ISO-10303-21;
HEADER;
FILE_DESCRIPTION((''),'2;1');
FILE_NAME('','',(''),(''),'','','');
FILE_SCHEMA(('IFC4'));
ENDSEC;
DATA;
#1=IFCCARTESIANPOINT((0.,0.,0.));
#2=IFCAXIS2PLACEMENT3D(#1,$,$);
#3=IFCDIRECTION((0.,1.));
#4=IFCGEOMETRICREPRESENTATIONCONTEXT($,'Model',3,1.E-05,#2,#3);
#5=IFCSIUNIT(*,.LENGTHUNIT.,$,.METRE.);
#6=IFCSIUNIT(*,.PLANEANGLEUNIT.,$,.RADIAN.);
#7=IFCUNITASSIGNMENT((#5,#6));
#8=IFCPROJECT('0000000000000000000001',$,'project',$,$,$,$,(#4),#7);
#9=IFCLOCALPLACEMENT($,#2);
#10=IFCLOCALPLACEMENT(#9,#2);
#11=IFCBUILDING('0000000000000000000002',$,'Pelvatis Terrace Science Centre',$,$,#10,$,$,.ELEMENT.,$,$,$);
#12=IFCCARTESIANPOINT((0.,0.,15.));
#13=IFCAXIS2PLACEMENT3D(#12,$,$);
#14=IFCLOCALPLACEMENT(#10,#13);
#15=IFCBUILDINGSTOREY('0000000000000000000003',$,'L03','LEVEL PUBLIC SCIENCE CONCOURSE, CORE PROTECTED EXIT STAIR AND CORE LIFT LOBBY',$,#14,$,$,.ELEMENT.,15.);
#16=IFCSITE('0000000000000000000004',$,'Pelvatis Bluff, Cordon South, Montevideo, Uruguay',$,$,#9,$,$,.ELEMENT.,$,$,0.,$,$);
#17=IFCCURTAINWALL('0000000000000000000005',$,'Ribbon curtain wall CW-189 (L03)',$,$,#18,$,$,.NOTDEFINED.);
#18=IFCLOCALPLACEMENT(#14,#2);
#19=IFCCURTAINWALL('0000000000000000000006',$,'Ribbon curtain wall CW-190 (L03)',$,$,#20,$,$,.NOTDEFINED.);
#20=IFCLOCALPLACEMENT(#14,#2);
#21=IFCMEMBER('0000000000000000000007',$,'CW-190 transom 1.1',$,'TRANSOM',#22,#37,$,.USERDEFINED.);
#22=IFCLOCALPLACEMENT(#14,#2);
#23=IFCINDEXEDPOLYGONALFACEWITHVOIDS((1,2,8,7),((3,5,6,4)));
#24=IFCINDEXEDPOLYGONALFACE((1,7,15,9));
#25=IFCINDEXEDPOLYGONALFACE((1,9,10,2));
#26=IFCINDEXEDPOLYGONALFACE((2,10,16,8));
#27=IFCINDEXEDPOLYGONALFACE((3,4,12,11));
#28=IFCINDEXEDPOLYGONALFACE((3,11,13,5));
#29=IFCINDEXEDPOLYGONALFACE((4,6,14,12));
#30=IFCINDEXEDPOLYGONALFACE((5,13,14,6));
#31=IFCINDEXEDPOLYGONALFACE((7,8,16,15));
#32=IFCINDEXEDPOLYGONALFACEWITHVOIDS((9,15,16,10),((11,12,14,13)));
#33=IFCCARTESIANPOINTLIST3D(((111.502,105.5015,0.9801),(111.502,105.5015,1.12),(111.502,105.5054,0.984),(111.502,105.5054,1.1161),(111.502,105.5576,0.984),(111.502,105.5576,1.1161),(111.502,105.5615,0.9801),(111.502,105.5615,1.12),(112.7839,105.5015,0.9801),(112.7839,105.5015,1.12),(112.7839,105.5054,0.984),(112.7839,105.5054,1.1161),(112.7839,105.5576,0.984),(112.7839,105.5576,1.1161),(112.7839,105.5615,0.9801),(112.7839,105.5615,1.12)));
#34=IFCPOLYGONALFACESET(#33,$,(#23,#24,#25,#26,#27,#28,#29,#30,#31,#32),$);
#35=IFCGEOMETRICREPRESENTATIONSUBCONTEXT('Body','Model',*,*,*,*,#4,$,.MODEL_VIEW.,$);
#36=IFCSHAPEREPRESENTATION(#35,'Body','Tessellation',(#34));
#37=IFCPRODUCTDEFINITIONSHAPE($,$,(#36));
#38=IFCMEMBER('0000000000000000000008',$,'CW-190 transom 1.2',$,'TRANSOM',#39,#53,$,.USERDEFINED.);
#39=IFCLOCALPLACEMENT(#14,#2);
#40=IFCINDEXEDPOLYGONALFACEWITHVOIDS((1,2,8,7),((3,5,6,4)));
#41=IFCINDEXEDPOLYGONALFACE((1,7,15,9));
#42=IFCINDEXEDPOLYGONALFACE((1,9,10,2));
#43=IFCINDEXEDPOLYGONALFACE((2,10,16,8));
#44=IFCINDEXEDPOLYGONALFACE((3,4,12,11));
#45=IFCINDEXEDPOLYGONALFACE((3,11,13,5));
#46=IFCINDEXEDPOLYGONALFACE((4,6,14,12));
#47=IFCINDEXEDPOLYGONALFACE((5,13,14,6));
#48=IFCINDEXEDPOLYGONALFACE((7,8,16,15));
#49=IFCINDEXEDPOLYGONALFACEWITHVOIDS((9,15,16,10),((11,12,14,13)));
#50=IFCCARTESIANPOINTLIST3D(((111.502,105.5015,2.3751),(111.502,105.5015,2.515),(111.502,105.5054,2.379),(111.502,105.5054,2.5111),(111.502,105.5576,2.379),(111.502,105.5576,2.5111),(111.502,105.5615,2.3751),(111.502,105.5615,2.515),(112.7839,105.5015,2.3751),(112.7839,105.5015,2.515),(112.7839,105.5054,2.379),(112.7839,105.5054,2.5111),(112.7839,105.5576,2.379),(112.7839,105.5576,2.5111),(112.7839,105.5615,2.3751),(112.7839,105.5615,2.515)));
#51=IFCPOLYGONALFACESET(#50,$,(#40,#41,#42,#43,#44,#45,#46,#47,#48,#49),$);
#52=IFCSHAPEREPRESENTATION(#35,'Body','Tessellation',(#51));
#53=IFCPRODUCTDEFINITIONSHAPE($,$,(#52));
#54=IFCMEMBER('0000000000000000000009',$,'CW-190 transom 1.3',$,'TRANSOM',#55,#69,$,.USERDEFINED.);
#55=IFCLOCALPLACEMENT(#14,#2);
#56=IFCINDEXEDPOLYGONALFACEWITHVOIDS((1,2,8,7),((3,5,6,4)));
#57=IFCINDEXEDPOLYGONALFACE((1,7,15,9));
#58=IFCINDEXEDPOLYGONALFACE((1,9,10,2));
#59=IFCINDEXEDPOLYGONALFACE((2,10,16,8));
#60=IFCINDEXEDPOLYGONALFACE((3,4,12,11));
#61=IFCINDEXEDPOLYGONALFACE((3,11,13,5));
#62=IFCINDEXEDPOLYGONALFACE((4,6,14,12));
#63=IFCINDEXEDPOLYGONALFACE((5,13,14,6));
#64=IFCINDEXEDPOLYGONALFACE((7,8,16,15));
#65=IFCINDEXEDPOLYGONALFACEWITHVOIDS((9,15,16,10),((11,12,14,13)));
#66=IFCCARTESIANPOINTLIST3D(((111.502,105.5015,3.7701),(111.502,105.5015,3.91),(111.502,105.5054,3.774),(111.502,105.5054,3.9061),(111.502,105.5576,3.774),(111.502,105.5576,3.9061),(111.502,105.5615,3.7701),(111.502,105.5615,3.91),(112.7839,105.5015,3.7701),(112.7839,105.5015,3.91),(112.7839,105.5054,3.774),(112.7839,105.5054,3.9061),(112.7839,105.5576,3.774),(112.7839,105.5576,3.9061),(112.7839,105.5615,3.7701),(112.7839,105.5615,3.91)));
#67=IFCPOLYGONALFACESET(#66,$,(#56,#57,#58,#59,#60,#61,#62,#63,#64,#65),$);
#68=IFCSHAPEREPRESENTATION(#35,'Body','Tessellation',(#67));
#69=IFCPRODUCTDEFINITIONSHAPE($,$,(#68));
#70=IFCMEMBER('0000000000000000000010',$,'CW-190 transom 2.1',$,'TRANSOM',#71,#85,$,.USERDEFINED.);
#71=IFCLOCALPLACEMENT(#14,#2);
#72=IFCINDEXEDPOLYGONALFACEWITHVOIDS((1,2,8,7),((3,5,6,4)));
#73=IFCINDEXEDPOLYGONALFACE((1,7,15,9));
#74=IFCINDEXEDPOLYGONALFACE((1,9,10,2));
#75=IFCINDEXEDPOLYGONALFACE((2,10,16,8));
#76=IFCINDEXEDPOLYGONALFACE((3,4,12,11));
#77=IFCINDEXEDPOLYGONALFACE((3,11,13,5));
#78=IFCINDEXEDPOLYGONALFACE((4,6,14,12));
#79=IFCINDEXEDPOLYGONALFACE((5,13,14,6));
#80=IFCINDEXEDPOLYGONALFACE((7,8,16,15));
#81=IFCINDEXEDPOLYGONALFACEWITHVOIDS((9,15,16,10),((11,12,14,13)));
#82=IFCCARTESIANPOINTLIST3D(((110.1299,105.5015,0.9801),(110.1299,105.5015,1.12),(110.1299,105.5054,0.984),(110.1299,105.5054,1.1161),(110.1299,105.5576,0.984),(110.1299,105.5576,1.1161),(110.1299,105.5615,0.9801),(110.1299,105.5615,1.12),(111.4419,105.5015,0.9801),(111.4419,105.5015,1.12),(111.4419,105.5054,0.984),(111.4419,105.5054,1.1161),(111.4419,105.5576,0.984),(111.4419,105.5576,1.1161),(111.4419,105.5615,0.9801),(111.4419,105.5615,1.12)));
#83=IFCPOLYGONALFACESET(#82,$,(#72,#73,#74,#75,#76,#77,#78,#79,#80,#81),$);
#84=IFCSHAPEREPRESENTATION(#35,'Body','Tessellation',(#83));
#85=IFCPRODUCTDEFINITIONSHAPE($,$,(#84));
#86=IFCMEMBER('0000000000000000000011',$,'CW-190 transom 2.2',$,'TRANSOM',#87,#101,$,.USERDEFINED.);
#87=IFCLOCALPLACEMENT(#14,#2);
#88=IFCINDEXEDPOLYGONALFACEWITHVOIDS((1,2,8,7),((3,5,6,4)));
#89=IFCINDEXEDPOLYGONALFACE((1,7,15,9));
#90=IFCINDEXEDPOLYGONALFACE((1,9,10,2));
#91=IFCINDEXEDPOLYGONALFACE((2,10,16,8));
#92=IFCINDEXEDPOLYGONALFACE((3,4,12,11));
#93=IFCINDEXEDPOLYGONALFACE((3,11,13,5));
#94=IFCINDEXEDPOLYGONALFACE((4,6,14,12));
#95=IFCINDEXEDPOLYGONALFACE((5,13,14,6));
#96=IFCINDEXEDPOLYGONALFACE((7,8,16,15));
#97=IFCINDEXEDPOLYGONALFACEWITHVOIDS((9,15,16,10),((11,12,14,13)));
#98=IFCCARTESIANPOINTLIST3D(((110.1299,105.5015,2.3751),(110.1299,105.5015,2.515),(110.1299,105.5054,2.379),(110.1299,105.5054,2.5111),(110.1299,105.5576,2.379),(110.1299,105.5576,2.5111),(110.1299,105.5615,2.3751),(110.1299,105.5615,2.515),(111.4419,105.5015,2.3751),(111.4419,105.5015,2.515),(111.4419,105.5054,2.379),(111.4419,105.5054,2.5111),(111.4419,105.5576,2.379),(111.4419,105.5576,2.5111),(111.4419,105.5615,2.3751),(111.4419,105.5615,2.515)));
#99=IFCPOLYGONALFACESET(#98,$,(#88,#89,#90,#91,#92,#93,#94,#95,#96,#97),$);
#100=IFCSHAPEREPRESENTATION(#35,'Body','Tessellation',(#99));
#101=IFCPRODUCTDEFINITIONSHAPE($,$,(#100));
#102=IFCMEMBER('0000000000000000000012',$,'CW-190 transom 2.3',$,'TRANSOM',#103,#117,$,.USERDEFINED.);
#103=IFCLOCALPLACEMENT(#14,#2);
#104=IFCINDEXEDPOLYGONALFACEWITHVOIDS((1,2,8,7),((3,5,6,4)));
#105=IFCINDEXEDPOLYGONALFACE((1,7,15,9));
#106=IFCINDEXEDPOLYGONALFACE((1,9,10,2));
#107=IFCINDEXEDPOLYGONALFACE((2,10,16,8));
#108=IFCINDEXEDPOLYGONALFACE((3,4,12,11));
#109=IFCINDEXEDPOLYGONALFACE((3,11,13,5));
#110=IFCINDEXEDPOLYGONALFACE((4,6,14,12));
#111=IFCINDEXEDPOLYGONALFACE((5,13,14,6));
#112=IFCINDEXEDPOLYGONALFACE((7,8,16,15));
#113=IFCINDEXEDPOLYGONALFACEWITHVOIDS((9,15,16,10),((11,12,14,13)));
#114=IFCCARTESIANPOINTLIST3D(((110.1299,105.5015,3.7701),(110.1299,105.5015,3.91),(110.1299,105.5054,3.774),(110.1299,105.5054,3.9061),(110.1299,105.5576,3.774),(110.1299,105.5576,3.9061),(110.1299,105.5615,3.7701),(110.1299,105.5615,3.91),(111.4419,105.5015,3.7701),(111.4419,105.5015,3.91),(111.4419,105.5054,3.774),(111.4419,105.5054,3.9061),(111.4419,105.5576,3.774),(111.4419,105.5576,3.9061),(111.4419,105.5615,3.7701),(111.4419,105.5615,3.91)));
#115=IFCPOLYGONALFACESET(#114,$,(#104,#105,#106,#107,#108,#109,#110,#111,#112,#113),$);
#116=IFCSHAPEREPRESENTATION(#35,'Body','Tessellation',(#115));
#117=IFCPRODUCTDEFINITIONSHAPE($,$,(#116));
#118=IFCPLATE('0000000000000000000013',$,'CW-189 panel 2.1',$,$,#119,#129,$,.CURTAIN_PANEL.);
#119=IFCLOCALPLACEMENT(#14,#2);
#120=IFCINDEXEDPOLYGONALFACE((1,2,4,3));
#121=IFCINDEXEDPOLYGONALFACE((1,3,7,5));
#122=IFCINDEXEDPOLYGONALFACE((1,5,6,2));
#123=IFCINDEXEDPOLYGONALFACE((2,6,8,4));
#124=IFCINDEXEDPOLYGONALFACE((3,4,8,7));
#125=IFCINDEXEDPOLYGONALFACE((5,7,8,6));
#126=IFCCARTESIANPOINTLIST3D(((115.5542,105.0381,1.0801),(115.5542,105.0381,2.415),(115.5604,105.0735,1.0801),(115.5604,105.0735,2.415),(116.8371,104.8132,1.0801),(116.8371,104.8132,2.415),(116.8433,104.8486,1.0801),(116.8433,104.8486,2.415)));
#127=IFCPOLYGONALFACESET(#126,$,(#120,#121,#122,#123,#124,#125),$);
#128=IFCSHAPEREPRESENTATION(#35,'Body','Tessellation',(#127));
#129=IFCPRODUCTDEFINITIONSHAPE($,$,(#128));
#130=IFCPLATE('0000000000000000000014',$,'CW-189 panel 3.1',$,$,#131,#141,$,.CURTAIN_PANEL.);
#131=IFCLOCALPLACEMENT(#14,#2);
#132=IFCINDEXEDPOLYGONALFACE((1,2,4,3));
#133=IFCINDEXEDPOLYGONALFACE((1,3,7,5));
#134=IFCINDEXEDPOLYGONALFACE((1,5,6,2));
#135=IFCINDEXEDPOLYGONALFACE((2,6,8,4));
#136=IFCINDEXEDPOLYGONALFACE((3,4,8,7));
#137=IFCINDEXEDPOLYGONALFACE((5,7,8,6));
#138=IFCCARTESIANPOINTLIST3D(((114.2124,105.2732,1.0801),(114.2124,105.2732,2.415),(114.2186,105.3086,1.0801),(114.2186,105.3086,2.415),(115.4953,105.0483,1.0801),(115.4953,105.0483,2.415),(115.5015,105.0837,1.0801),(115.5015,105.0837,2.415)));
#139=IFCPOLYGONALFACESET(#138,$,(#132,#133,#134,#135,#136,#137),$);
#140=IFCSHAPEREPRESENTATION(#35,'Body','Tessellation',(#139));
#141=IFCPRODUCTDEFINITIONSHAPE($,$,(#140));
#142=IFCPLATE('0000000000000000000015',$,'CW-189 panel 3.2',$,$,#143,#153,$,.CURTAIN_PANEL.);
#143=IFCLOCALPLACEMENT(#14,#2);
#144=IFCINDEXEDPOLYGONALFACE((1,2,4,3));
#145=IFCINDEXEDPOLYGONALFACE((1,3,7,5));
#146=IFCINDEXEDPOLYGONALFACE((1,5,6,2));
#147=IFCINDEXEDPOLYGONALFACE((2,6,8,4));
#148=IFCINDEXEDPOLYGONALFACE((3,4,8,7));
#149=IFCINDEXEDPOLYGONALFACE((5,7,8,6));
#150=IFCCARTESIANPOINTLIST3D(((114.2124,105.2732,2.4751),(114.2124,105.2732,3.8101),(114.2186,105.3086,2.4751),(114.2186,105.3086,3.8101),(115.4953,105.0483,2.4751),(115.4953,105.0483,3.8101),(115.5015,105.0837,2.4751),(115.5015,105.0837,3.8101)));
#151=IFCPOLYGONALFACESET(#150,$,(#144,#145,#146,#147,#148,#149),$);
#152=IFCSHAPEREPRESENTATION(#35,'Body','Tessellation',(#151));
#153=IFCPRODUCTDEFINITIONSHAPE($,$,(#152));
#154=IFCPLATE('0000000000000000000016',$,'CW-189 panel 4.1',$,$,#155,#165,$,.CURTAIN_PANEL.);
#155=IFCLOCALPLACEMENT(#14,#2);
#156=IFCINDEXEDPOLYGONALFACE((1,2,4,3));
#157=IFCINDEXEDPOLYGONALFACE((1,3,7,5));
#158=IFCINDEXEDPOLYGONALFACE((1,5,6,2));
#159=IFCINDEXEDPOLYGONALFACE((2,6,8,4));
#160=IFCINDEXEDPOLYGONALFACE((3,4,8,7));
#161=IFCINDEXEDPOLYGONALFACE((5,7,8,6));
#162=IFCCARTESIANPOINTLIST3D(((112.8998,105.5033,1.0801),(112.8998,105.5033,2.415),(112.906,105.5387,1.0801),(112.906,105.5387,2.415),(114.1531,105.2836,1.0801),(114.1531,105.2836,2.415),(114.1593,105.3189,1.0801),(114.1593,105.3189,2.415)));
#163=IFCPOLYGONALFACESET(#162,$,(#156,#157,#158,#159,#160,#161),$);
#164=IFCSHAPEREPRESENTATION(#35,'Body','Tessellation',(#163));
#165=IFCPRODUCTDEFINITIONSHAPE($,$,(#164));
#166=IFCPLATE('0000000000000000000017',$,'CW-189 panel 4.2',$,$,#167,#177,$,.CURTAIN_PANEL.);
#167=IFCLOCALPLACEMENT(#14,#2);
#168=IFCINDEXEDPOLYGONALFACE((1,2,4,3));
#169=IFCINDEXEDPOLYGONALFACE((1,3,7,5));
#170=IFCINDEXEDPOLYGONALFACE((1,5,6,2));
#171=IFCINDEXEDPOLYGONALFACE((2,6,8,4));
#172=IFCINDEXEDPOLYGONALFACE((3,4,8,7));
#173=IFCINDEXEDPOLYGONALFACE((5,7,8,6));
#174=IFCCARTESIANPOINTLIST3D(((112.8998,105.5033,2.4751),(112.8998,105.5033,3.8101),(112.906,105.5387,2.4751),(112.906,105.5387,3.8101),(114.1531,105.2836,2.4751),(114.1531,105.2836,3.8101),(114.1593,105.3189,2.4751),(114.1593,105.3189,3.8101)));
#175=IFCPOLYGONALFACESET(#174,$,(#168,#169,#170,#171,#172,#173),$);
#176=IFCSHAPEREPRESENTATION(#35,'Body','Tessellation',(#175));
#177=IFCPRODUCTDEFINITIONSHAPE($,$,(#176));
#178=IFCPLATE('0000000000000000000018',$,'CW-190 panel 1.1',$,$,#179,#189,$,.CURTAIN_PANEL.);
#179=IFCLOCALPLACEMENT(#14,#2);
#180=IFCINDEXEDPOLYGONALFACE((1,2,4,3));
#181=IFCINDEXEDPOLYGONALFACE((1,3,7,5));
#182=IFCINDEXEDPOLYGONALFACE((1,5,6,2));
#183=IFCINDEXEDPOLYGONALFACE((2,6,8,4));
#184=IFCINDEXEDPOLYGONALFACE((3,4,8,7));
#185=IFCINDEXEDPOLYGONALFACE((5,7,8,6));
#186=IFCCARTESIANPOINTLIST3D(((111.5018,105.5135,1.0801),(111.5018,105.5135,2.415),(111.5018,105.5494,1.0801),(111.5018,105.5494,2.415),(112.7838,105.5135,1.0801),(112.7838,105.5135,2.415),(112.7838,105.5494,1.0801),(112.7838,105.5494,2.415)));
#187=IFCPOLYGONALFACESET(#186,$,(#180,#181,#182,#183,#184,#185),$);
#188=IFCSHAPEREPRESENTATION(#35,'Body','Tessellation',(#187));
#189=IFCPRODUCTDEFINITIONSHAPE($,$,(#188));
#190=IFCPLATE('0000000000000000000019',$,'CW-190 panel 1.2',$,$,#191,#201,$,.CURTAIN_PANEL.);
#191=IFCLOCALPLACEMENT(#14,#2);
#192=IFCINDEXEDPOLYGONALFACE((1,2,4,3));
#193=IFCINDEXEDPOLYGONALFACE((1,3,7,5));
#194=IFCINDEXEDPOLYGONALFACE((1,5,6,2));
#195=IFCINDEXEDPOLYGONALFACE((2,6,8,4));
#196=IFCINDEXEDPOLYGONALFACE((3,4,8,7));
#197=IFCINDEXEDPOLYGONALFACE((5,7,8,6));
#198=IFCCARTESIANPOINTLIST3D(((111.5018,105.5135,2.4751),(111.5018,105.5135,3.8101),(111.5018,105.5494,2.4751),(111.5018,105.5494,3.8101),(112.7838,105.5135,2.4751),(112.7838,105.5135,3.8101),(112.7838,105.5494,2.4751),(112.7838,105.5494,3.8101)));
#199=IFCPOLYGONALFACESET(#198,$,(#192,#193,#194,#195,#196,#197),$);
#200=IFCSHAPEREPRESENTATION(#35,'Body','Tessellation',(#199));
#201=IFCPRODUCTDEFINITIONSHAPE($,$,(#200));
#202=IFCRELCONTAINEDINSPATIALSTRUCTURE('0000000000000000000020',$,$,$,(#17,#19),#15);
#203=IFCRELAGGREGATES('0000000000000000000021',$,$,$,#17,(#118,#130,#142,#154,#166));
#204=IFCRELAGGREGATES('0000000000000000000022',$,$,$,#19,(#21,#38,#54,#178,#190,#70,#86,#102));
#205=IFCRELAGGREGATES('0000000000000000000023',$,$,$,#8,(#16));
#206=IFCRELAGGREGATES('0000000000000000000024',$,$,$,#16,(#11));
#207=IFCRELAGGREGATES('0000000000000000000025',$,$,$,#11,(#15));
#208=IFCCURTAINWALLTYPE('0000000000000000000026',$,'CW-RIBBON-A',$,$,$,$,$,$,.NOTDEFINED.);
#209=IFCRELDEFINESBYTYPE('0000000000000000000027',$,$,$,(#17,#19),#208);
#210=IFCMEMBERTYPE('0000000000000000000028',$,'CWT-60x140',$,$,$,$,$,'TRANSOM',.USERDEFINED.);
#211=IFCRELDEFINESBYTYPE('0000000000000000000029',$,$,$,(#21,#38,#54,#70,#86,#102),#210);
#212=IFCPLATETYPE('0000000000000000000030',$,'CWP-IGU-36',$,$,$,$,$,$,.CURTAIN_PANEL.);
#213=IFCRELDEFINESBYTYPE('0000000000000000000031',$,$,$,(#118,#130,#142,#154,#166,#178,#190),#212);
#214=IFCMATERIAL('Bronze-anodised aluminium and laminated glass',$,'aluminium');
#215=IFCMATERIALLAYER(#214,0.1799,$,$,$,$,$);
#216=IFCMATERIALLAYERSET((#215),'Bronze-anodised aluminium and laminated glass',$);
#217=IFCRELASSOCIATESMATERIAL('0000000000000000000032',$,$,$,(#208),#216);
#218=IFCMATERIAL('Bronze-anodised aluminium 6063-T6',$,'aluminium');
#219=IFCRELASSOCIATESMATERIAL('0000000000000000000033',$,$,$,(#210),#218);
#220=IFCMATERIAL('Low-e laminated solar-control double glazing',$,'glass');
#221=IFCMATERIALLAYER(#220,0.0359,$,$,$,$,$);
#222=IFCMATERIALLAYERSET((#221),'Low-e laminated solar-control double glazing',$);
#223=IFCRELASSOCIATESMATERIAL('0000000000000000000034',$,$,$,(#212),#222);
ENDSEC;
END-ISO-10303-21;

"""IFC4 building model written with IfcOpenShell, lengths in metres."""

from ifc_helpers import new_model, si_unit, direction, frame, origin, origin_2d, place, context, subcontext, project, spatial, rectangle, hollow_rectangle, extrude, material, layer, layer_set, material_profile, profile_set, type_object, element, aggregate, save


model = new_model("IFC4")

# Units and contexts
model_context = context("Model", 3, precision=1e-05, world=origin(), true_north=direction((0.0, 1.0)))
body_context = subcontext(model_context, "Body", "Model", "MODEL_VIEW")
ifc_project = project(units=[si_unit("LENGTHUNIT", "METRE"), si_unit("PLANEANGLEUNIT", "RADIAN")], contexts=[model_context])

# Site, building, storey
site_placement = place(None, origin())
site = spatial("IfcSite", under=ifc_project, at=site_placement, Name="Pelvatis Bluff, Cordon South, Montevideo, Uruguay", CompositionType="ELEMENT", RefElevation=0.0)
building_placement = place(site_placement, origin())
building = spatial("IfcBuilding", under=site, at=building_placement, Name="Pelvatis Terrace Science Centre", CompositionType="ELEMENT")
storey_placement = place(building_placement, frame((0.0, 0.0, 15.0)))
storey = spatial("IfcBuildingStorey", under=building, at=storey_placement, Name="L03", Description="LEVEL PUBLIC SCIENCE CONCOURSE, CORE PROTECTED EXIT STAIR AND CORE LIFT LOBBY", CompositionType="ELEMENT", Elevation=15.0)

# Curtain walls
ifc_material_1 = material(Name="Bronze-anodised aluminium and laminated glass", Category="aluminium")
ifc_layer_1 = layer(ifc_material_1, 0.1799)
ifc_layer_set_1 = layer_set([ifc_layer_1], Name="Bronze-anodised aluminium and laminated glass")
curtain_wall_type = type_object("IfcCurtainWallType", Name="CW-RIBBON-A", PredefinedType="NOTDEFINED", material=ifc_layer_set_1)
curtain_wall_1_placement = place(storey_placement, origin())
curtain_wall_1 = element("IfcCurtainWall", 1, at=curtain_wall_1_placement, inside=storey, type_object=curtain_wall_type, Name="Ribbon curtain wall CW-189 (L03)", PredefinedType="NOTDEFINED")
curtain_wall_2_placement = place(storey_placement, origin())
curtain_wall_2 = element("IfcCurtainWall", 2, at=curtain_wall_2_placement, inside=storey, type_object=curtain_wall_type, Name="Ribbon curtain wall CW-190 (L03)", PredefinedType="NOTDEFINED")

# Members
ifc_material_2 = material(Name="Bronze-anodised aluminium 6063-T6", Category="aluminium")
ifc_material_profile_1 = material_profile(ifc_material_2, hollow_rectangle(XDim=0.0601, YDim=0.1399, WallThickness=0.0039, at=origin_2d()), Name="ALU-TRN 60x140")
ifc_profile_set_1 = profile_set([ifc_material_profile_1], Name="Bronze-anodised aluminium 6063-T6")
member_type_1 = type_object("IfcMemberType", Name="CWT-60x140", ElementType="TRANSOM", PredefinedType="USERDEFINED", material=ifc_profile_set_1)
member_1_placement = place(storey_placement, frame((112.7839, 105.5315, 1.05), z_axis=(-1.0, 0.0, 0.0), x_axis=(0.0, -1.0, 0.0)))
member_1 = element("IfcMember", 3, at=member_1_placement, type_object=member_type_1, Name="CW-190 transom 1.1", ObjectType="TRANSOM", PredefinedType="USERDEFINED", context=body_context, shape_type="SweptSolid", body=[
    extrude(hollow_rectangle(XDim=0.0601, YDim=0.1399, WallThickness=0.0039, at=origin_2d()), origin(), (0.0, 0.0, 1.0), 1.282),
])
member_2_placement = place(storey_placement, frame((112.7839, 105.5315, 2.4451), z_axis=(-1.0, 0.0, 0.0), x_axis=(0.0, -1.0, 0.0)))
member_2 = element("IfcMember", 4, at=member_2_placement, type_object=member_type_1, Name="CW-190 transom 1.2", ObjectType="TRANSOM", PredefinedType="USERDEFINED", context=body_context, shape_type="SweptSolid", body=[
    extrude(hollow_rectangle(XDim=0.0601, YDim=0.1399, WallThickness=0.0039, at=origin_2d()), origin(), (0.0, 0.0, 1.0), 1.282),
])
member_3_placement = place(storey_placement, frame((112.7839, 105.5315, 3.8401), z_axis=(-1.0, 0.0, 0.0), x_axis=(0.0, -1.0, 0.0)))
member_3 = element("IfcMember", 5, at=member_3_placement, type_object=member_type_1, Name="CW-190 transom 1.3", ObjectType="TRANSOM", PredefinedType="USERDEFINED", context=body_context, shape_type="SweptSolid", body=[
    extrude(hollow_rectangle(XDim=0.0601, YDim=0.1399, WallThickness=0.0039, at=origin_2d()), origin(), (0.0, 0.0, 1.0), 1.282),
])
member_4_placement = place(storey_placement, frame((111.4419, 105.5315, 1.05), z_axis=(-1.0, 0.0, 0.0), x_axis=(0.0, -1.0, 0.0)))
member_4 = element("IfcMember", 6, at=member_4_placement, type_object=member_type_1, Name="CW-190 transom 2.1", ObjectType="TRANSOM", PredefinedType="USERDEFINED", context=body_context, shape_type="SweptSolid", body=[
    extrude(hollow_rectangle(XDim=0.0601, YDim=0.1399, WallThickness=0.0039, at=origin_2d()), origin(), (0.0, 0.0, 1.0), 1.312),
])
member_5_placement = place(storey_placement, frame((111.4419, 105.5315, 2.4451), z_axis=(-1.0, 0.0, 0.0), x_axis=(0.0, -1.0, 0.0)))
member_5 = element("IfcMember", 7, at=member_5_placement, type_object=member_type_1, Name="CW-190 transom 2.2", ObjectType="TRANSOM", PredefinedType="USERDEFINED", context=body_context, shape_type="SweptSolid", body=[
    extrude(hollow_rectangle(XDim=0.0601, YDim=0.1399, WallThickness=0.0039, at=origin_2d()), origin(), (0.0, 0.0, 1.0), 1.312),
])
member_6_placement = place(storey_placement, frame((111.4419, 105.5315, 3.8401), z_axis=(-1.0, 0.0, 0.0), x_axis=(0.0, -1.0, 0.0)))
member_6 = element("IfcMember", 8, at=member_6_placement, type_object=member_type_1, Name="CW-190 transom 2.3", ObjectType="TRANSOM", PredefinedType="USERDEFINED", context=body_context, shape_type="SweptSolid", body=[
    extrude(hollow_rectangle(XDim=0.0601, YDim=0.1399, WallThickness=0.0039, at=origin_2d()), origin(), (0.0, 0.0, 1.0), 1.312),
])

# Plates
ifc_material_3 = material(Name="Low-e laminated solar-control double glazing", Category="glass")
ifc_layer_2 = layer(ifc_material_3, 0.0359)
ifc_layer_set_2 = layer_set([ifc_layer_2], Name="Low-e laminated solar-control double glazing")
plate_type = type_object("IfcPlateType", Name="CWP-IGU-36", PredefinedType="CURTAIN_PANEL", material=ifc_layer_set_2)
plate_1_placement = place(storey_placement, frame((116.1987, 104.9434, 1.0801), z_axis=(0.0, 0.0, 1.0), x_axis=(-0.984979, 0.172671, 0.0)))
plate_1 = element("IfcPlate", 9, at=plate_1_placement, type_object=plate_type, Name="CW-189 panel 2.1", PredefinedType="CURTAIN_PANEL", context=body_context, shape_type="SweptSolid", body=[
    extrude(rectangle(XDim=1.3025, YDim=0.0359, at=origin_2d()), origin(), (0.0, 0.0, 1.0), 1.335),
])
plate_2_placement = place(storey_placement, frame((114.8569, 105.1785, 1.0801), z_axis=(0.0, 0.0, 1.0), x_axis=(-0.984979, 0.172671, 0.0)))
plate_2 = element("IfcPlate", 10, at=plate_2_placement, type_object=plate_type, Name="CW-189 panel 3.1", PredefinedType="CURTAIN_PANEL", context=body_context, shape_type="SweptSolid", body=[
    extrude(rectangle(XDim=1.3025, YDim=0.0359, at=origin_2d()), origin(), (0.0, 0.0, 1.0), 1.335),
])
plate_3_placement = place(storey_placement, frame((114.8569, 105.1785, 2.4751), z_axis=(0.0, 0.0, 1.0), x_axis=(-0.984979, 0.172671, 0.0)))
plate_3 = element("IfcPlate", 11, at=plate_3_placement, type_object=plate_type, Name="CW-189 panel 3.2", PredefinedType="CURTAIN_PANEL", context=body_context, shape_type="SweptSolid", body=[
    extrude(rectangle(XDim=1.3025, YDim=0.0359, at=origin_2d()), origin(), (0.0, 0.0, 1.0), 1.335),
])
plate_4_placement = place(storey_placement, frame((113.5295, 105.4111, 1.0801), z_axis=(0.0, 0.0, 1.0), x_axis=(-0.984979, 0.172671, 0.0)))
plate_4 = element("IfcPlate", 12, at=plate_4_placement, type_object=plate_type, Name="CW-189 panel 4.1", PredefinedType="CURTAIN_PANEL", context=body_context, shape_type="SweptSolid", body=[
    extrude(rectangle(XDim=1.2725, YDim=0.0359, at=origin_2d()), origin(), (0.0, 0.0, 1.0), 1.335),
])
plate_5_placement = place(storey_placement, frame((113.5295, 105.4111, 2.4751), z_axis=(0.0, 0.0, 1.0), x_axis=(-0.984979, 0.172671, 0.0)))
plate_5 = element("IfcPlate", 13, at=plate_5_placement, type_object=plate_type, Name="CW-189 panel 4.2", PredefinedType="CURTAIN_PANEL", context=body_context, shape_type="SweptSolid", body=[
    extrude(rectangle(XDim=1.2725, YDim=0.0359, at=origin_2d()), origin(), (0.0, 0.0, 1.0), 1.335),
])
aggregate(curtain_wall_1, [plate_1, plate_2, plate_3, plate_4, plate_5])
plate_6_placement = place(storey_placement, frame((112.1428, 105.5315, 1.0801), z_axis=(0.0, 0.0, 1.0), x_axis=(-1.0, 0.0, 0.0)))
plate_6 = element("IfcPlate", 14, at=plate_6_placement, type_object=plate_type, Name="CW-190 panel 1.1", PredefinedType="CURTAIN_PANEL", context=body_context, shape_type="SweptSolid", body=[
    extrude(rectangle(XDim=1.282, YDim=0.0359, at=origin_2d()), origin(), (0.0, 0.0, 1.0), 1.335),
])
plate_7_placement = place(storey_placement, frame((112.1428, 105.5315, 2.4751), z_axis=(0.0, 0.0, 1.0), x_axis=(-1.0, 0.0, 0.0)))
plate_7 = element("IfcPlate", 15, at=plate_7_placement, type_object=plate_type, Name="CW-190 panel 1.2", PredefinedType="CURTAIN_PANEL", context=body_context, shape_type="SweptSolid", body=[
    extrude(rectangle(XDim=1.282, YDim=0.0359, at=origin_2d()), origin(), (0.0, 0.0, 1.0), 1.335),
])
aggregate(curtain_wall_2, [member_1, member_2, member_3, plate_6, plate_7, member_4, member_5, member_6])

save(model, "model.ifc")
